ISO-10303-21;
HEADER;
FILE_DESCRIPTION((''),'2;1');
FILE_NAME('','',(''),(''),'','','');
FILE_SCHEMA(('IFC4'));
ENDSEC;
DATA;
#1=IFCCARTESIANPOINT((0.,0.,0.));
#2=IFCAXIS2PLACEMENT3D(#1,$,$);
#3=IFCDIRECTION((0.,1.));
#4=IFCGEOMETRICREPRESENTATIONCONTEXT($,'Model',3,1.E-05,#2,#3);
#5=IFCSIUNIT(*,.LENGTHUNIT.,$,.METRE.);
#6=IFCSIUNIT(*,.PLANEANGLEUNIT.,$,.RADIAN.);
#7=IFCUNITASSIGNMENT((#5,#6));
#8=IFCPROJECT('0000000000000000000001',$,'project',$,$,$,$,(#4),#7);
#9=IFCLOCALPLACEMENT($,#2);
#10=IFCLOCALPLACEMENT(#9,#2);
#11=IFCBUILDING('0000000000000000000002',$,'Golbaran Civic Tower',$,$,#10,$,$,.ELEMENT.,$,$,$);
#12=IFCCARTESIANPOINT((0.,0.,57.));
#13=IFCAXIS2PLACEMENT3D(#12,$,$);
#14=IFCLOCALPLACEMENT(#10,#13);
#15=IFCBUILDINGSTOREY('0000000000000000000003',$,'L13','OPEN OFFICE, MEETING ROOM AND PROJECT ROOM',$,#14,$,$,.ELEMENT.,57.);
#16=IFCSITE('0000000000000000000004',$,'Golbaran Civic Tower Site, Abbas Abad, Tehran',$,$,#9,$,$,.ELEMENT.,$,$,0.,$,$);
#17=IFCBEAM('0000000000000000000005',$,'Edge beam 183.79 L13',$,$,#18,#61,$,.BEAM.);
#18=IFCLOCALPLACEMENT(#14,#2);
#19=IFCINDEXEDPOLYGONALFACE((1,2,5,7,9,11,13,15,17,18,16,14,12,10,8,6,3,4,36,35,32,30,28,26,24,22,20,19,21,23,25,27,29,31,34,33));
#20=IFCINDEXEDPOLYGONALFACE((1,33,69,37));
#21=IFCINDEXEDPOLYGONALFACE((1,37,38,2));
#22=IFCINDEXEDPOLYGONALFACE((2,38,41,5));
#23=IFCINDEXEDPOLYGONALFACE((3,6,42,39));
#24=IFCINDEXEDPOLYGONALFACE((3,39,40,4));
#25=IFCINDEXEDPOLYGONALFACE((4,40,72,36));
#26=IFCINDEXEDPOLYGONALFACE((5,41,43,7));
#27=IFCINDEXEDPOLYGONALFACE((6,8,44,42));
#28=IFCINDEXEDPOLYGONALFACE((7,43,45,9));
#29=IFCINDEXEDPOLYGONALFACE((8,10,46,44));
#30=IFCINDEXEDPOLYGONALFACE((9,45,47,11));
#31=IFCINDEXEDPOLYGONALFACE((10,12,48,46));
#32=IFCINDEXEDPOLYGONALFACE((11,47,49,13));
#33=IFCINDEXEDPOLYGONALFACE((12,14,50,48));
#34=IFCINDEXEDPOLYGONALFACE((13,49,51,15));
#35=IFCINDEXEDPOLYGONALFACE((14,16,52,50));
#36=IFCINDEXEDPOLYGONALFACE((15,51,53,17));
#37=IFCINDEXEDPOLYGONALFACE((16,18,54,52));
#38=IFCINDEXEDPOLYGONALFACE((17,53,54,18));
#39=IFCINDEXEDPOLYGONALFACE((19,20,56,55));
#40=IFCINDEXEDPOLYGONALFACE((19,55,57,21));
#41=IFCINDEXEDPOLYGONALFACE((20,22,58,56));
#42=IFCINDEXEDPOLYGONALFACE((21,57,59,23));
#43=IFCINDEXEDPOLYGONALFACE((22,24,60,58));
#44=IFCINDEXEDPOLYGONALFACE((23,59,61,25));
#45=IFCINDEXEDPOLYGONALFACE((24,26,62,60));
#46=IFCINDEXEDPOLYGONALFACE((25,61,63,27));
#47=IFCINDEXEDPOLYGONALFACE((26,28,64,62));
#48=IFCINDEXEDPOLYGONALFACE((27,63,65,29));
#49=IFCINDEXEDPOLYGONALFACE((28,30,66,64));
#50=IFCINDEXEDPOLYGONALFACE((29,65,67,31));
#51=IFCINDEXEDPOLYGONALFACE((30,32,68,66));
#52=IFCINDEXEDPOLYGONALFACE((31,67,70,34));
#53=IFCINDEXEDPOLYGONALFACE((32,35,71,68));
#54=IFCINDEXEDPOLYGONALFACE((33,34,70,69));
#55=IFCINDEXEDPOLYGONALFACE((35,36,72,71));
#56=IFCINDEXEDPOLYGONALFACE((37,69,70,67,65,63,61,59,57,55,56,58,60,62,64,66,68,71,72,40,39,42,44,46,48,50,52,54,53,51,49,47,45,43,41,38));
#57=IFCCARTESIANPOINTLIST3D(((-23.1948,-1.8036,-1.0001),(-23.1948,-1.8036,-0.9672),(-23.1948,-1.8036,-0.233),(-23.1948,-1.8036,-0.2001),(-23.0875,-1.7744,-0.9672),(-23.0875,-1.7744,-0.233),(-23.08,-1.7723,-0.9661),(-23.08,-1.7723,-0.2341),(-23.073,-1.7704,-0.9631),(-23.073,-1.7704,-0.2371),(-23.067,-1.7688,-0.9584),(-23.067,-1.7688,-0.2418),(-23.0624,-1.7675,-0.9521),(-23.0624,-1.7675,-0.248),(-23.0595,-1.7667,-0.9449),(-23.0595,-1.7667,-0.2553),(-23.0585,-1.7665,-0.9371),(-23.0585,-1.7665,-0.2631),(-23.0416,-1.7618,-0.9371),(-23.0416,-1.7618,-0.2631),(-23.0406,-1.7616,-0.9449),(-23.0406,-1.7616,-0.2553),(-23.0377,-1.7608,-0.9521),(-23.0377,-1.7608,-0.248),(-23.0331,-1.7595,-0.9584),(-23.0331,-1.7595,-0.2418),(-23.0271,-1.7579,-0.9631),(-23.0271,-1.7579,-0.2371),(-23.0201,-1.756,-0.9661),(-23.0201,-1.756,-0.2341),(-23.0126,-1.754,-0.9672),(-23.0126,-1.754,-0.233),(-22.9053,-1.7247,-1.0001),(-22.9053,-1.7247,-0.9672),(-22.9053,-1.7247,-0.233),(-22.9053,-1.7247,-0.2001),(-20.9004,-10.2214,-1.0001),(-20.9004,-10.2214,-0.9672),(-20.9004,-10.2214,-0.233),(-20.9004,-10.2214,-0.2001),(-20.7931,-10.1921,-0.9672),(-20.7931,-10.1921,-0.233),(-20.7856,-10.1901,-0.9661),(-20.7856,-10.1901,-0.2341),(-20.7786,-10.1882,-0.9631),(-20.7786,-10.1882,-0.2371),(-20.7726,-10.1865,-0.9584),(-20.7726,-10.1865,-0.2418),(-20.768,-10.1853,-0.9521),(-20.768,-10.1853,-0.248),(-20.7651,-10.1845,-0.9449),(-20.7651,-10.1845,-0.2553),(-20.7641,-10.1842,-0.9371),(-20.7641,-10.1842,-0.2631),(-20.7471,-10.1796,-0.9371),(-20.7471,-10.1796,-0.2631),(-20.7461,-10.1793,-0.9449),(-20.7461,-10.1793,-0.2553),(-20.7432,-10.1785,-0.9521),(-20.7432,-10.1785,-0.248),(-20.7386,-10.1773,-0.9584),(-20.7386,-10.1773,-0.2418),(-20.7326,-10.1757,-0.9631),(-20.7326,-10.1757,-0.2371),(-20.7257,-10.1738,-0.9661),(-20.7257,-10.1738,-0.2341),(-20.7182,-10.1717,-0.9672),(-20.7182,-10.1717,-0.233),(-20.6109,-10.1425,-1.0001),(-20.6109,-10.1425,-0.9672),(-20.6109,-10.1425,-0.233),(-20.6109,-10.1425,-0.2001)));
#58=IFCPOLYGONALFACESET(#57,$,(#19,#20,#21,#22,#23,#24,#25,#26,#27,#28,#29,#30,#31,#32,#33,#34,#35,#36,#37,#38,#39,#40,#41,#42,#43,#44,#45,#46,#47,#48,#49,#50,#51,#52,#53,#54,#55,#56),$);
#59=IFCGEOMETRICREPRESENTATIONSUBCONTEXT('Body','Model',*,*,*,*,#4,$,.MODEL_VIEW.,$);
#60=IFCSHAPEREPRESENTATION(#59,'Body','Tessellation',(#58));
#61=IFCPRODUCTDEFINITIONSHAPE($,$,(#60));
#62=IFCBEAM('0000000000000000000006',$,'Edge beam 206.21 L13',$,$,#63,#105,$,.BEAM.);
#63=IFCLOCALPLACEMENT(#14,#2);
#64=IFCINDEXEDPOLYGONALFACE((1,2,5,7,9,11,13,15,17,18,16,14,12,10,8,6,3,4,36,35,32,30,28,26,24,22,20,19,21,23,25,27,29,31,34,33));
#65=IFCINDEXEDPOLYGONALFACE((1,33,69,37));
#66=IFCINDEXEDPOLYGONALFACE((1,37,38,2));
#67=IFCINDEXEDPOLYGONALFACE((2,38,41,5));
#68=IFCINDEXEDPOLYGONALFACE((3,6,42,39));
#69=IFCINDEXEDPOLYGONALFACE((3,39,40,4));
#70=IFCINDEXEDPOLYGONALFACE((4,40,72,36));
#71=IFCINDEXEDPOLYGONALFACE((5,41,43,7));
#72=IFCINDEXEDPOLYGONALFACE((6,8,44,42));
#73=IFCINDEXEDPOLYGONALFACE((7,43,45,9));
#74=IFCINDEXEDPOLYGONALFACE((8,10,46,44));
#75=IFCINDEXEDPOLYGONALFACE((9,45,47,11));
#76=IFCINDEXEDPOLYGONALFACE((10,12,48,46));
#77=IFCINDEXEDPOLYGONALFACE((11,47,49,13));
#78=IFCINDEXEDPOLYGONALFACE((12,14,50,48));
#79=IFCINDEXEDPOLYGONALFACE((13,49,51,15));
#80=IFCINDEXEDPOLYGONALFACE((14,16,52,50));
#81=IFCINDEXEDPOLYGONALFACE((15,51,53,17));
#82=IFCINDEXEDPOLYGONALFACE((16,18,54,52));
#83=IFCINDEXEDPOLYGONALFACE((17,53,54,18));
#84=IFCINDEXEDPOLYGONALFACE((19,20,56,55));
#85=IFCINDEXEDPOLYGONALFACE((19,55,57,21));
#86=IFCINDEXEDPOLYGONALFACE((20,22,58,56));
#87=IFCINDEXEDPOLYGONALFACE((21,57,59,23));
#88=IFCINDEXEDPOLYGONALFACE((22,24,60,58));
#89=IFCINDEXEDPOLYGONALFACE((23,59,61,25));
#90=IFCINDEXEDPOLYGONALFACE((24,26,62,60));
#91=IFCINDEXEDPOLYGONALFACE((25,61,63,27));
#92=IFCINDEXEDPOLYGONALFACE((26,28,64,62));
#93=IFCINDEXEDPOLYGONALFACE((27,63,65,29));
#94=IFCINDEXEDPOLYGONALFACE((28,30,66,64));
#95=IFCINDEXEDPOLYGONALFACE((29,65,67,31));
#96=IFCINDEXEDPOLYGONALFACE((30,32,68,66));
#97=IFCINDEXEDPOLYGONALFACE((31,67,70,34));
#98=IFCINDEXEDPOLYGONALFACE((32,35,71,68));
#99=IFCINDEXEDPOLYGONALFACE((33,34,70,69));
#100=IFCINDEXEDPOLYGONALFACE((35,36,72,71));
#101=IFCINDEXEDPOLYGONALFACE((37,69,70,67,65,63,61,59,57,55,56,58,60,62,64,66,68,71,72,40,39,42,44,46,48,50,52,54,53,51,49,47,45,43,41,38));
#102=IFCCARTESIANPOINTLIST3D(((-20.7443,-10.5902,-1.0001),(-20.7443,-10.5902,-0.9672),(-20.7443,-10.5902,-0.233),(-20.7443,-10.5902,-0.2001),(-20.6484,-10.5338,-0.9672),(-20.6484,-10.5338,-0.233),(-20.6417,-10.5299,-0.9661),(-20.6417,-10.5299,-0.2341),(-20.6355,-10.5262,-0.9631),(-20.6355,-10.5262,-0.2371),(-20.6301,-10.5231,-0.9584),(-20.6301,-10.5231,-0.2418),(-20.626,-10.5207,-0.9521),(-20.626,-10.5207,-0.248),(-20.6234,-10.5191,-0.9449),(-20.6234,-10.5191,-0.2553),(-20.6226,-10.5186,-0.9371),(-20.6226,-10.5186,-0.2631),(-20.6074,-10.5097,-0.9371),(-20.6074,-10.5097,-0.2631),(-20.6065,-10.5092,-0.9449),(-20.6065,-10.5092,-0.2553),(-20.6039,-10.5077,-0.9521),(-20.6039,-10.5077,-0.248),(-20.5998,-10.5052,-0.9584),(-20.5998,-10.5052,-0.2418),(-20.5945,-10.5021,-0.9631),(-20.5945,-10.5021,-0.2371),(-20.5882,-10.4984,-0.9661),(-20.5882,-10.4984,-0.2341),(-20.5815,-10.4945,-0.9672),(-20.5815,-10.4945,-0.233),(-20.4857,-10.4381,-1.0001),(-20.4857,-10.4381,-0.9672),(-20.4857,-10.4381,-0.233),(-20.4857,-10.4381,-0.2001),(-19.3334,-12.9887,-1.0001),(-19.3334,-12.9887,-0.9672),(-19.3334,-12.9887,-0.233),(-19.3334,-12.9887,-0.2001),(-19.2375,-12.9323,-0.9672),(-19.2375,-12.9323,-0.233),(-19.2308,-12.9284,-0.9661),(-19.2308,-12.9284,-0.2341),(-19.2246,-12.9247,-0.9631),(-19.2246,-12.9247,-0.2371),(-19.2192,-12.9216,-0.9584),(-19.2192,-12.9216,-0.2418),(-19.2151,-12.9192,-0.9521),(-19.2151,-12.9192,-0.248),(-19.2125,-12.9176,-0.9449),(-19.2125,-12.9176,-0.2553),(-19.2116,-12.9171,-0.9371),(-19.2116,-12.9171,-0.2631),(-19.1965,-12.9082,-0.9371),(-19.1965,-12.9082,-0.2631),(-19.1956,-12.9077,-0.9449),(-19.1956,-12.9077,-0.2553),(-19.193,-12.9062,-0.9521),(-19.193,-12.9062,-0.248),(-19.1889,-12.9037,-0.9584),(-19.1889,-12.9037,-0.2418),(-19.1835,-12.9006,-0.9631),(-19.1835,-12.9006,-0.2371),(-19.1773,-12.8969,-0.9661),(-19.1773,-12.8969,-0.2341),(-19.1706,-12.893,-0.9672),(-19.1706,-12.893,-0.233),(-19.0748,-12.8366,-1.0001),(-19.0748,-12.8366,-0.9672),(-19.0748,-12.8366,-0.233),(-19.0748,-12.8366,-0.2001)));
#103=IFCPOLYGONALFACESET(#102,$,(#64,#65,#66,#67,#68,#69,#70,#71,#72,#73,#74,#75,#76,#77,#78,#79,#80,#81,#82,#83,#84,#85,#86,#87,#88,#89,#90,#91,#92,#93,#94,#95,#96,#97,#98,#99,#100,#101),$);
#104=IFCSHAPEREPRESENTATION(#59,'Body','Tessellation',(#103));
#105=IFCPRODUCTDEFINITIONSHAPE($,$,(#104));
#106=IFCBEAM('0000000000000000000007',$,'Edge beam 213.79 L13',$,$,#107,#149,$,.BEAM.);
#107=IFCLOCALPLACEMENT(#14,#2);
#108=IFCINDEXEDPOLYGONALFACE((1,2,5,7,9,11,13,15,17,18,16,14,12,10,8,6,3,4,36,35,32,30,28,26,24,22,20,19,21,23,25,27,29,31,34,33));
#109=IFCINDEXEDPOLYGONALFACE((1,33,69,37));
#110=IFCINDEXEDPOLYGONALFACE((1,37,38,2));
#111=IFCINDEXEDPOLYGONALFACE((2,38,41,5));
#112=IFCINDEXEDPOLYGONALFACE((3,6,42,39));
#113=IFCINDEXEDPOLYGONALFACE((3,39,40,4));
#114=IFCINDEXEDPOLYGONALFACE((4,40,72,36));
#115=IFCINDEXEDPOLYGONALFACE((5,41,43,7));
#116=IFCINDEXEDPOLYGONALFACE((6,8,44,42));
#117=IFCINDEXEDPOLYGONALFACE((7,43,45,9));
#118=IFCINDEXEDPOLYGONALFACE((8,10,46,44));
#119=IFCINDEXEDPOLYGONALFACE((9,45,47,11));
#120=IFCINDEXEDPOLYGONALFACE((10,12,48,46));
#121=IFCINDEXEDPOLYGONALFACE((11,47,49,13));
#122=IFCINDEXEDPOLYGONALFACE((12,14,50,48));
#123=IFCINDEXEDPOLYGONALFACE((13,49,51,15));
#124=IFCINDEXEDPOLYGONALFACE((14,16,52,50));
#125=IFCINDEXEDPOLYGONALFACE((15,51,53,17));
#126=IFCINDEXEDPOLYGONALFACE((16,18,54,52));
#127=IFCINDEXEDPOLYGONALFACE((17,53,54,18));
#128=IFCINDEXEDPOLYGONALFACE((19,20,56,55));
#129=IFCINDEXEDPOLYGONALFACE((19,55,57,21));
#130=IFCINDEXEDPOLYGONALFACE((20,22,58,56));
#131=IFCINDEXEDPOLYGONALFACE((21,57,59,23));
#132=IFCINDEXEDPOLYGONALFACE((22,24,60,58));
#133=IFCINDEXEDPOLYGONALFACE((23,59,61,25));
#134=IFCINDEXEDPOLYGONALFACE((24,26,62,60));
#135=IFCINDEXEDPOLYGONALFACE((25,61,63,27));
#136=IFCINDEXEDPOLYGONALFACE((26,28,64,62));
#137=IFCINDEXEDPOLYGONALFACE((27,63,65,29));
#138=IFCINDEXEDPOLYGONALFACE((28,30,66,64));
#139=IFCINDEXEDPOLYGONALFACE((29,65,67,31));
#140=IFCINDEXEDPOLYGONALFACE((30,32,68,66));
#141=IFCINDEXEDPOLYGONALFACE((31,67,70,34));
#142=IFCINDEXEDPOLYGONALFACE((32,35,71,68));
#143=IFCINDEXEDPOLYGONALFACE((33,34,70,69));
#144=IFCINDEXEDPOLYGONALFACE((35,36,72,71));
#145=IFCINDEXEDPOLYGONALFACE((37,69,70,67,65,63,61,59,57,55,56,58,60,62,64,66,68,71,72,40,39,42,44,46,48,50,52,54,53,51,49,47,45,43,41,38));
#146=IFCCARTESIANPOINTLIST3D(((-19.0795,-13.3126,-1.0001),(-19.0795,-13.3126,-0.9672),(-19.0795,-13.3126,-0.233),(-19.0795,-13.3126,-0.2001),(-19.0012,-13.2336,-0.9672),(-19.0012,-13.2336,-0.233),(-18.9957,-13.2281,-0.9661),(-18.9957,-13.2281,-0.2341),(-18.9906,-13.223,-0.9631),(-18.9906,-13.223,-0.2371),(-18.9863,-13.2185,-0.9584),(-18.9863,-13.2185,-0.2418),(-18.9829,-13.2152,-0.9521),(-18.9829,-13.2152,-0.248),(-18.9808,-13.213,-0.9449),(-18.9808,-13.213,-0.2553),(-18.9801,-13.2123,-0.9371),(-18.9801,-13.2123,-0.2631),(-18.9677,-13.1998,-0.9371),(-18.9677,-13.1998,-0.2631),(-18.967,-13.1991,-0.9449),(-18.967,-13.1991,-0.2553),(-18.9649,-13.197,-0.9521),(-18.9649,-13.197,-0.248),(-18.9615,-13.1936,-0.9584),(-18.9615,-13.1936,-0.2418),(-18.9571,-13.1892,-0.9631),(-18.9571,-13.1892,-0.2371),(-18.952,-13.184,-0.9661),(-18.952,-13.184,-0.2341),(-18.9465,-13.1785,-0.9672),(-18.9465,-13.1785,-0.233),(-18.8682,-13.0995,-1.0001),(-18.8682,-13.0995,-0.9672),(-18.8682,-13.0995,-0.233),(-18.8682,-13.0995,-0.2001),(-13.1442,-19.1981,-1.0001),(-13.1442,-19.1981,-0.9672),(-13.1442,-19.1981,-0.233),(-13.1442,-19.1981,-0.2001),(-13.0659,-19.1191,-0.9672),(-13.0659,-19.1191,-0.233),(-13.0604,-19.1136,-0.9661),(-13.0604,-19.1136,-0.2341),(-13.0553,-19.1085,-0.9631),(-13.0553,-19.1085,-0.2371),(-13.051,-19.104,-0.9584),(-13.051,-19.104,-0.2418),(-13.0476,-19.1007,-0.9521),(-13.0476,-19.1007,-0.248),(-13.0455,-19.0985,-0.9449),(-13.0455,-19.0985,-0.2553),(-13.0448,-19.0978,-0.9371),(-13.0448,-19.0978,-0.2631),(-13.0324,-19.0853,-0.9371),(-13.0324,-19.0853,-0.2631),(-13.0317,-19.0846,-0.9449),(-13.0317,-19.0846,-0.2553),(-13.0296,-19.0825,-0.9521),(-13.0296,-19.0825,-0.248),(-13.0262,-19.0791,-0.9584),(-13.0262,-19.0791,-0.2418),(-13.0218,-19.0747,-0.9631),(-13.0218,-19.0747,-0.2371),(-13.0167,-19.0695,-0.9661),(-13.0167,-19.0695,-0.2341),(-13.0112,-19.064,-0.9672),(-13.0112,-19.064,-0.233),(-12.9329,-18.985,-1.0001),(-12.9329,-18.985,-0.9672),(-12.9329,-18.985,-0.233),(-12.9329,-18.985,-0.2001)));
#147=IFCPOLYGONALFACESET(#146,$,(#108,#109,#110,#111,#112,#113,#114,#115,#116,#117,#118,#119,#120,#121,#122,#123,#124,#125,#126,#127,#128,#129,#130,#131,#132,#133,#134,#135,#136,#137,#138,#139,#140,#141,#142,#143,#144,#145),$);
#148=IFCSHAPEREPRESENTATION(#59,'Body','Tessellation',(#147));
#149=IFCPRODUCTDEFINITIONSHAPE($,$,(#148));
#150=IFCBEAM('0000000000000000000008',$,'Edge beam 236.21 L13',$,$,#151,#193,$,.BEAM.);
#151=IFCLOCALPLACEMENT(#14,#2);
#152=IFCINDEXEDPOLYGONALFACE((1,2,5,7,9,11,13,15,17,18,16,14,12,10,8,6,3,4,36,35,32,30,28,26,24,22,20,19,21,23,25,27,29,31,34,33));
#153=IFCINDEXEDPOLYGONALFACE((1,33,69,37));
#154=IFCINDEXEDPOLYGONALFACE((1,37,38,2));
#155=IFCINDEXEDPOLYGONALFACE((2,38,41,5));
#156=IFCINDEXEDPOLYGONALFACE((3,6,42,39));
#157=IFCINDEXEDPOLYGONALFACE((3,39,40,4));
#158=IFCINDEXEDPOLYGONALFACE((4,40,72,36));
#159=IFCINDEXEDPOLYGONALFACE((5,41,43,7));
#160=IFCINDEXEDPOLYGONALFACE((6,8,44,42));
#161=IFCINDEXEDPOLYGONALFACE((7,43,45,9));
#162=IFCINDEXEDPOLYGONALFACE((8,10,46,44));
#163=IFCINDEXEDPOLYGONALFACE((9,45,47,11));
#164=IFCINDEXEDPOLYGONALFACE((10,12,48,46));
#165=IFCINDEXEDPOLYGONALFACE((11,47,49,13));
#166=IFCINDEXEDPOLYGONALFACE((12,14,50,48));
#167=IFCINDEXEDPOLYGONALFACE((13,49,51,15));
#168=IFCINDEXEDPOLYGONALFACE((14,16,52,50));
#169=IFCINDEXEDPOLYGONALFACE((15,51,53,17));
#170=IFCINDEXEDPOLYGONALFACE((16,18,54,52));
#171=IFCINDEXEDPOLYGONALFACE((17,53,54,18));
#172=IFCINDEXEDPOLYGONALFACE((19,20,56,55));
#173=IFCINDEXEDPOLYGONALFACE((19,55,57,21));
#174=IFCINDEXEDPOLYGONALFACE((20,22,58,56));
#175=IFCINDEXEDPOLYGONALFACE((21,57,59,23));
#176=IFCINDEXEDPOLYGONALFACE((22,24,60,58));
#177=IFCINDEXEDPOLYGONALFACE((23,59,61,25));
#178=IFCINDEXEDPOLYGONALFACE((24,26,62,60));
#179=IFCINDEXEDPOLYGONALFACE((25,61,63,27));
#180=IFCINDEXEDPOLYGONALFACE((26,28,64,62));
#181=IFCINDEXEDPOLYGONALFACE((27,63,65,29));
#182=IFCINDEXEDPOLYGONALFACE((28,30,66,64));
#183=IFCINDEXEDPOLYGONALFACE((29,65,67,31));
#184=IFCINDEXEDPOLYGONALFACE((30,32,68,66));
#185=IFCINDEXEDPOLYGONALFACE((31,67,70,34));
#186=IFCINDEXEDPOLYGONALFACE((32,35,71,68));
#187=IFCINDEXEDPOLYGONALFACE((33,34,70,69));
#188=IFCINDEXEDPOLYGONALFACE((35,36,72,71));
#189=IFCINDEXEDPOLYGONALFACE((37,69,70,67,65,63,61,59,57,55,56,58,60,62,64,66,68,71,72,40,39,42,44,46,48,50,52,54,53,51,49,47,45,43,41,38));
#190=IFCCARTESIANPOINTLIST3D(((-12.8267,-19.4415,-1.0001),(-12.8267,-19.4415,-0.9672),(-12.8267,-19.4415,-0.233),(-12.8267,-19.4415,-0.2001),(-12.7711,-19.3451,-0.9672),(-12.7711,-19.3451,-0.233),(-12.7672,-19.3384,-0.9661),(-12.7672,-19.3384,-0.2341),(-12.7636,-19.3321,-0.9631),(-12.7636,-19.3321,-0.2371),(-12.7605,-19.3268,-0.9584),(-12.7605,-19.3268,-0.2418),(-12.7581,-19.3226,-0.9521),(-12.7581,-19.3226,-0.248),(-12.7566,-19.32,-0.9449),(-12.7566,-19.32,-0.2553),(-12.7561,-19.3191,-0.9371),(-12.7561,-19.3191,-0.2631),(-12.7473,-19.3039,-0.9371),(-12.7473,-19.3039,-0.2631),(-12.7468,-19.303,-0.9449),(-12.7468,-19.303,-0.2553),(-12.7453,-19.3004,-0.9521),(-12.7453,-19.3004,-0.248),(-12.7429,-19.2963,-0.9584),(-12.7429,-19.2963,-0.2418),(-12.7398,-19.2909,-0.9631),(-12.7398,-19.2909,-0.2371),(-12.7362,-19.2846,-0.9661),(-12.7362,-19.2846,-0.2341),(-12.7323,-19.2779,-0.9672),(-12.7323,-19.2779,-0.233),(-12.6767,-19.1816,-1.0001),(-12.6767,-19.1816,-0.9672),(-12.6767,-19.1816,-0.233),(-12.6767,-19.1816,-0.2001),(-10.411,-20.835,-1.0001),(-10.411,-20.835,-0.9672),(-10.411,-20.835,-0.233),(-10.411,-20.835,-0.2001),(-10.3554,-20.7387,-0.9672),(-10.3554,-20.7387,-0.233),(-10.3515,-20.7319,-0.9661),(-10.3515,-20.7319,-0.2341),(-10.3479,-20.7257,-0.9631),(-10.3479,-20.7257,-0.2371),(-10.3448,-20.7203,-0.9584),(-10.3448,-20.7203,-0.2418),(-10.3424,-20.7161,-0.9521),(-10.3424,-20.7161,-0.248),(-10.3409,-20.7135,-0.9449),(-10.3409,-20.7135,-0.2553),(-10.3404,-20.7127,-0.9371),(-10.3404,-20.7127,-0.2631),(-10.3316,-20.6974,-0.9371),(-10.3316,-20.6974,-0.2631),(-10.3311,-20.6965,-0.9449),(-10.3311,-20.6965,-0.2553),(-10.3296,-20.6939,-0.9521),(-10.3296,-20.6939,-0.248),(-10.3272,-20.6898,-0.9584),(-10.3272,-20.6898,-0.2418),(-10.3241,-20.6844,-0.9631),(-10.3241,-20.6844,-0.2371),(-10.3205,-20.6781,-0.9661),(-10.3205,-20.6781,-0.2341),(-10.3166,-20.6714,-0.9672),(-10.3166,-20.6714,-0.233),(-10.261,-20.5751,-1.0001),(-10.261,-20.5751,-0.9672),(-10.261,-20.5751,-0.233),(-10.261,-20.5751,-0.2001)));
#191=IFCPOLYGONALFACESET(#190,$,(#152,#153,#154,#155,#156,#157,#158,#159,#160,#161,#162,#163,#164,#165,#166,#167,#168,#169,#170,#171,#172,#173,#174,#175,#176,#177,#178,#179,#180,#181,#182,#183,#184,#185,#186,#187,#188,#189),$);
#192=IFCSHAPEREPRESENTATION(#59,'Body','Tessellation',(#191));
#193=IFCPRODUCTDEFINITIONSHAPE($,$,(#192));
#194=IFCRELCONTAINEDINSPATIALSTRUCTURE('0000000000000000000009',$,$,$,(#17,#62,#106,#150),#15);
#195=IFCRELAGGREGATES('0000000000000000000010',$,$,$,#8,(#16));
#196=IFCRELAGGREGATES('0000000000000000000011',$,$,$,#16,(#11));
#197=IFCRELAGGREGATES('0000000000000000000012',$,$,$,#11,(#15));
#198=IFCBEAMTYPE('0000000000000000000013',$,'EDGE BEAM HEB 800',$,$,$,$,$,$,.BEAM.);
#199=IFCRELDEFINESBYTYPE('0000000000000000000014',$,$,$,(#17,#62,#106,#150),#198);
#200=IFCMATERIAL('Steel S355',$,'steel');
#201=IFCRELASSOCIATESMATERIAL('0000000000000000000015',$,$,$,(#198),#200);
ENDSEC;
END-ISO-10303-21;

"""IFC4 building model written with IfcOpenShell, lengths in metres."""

from ifc_helpers import new_model, si_unit, direction, frame, origin, origin_2d, place, context, subcontext, project, spatial, i_section, extrude, material, material_profile, profile_set, type_object, element, save


model = new_model("IFC4")

# Units and contexts
model_context = context("Model", 3, precision=1e-05, world=origin(), true_north=direction((0.0, 1.0)))
body_context = subcontext(model_context, "Body", "Model", "MODEL_VIEW")
ifc_project = project(units=[si_unit("LENGTHUNIT", "METRE"), si_unit("PLANEANGLEUNIT", "RADIAN")], contexts=[model_context])

# Site, building, storey
site_placement = place(None, origin())
site = spatial("IfcSite", under=ifc_project, at=site_placement, Name="Golbaran Civic Tower Site, Abbas Abad, Tehran", CompositionType="ELEMENT", RefElevation=0.0)
building_placement = place(site_placement, origin())
building = spatial("IfcBuilding", under=site, at=building_placement, Name="Golbaran Civic Tower", CompositionType="ELEMENT")
storey_placement = place(building_placement, frame((0.0, 0.0, 57.0)))
storey = spatial("IfcBuildingStorey", under=building, at=storey_placement, Name="L13", Description="OPEN OFFICE, MEETING ROOM AND PROJECT ROOM", CompositionType="ELEMENT", Elevation=57.0)

# Beams
ifc_material_1 = material(Name="Steel S355", Category="steel")
ifc_material_profile_1 = material_profile(ifc_material_1, i_section(OverallWidth=0.3, OverallDepth=0.8, WebThickness=0.0176, FlangeThickness=0.033, FilletRadius=0.03, at=origin_2d()), Name="HEB 800")
ifc_profile_set_1 = profile_set([ifc_material_profile_1], Name="Steel S355")
beam_type_1 = type_object("IfcBeamType", Name="EDGE BEAM HEB 800", PredefinedType="BEAM", material=ifc_profile_set_1)
beam_1_placement = place(storey_placement, frame((-23.05, -1.7642, -0.6001), z_axis=(0.262978, -0.964802, 0.0), x_axis=(0.964802, 0.262978, 0.0)))
element("IfcBeam", 1, at=beam_1_placement, inside=storey, type_object=beam_type_1, Name="Edge beam 183.79 L13", PredefinedType="BEAM", context=body_context, shape_type="SweptSolid", body=[
    extrude(i_section(OverallWidth=0.3, OverallDepth=0.8, WebThickness=0.0176, FlangeThickness=0.033, FilletRadius=0.03, at=origin_2d()), origin(), (0.0, 0.0, 1.0), 8.7249),
])
beam_2_placement = place(storey_placement, frame((-20.615, -10.5142, -0.6001), z_axis=(0.507032, -0.861927, 0.0), x_axis=(0.861927, 0.507032, 0.0)))
element("IfcBeam", 2, at=beam_2_placement, inside=storey, type_object=beam_type_1, Name="Edge beam 206.21 L13", PredefinedType="BEAM", context=body_context, shape_type="SweptSolid", body=[
    extrude(i_section(OverallWidth=0.3, OverallDepth=0.8, WebThickness=0.0176, FlangeThickness=0.033, FilletRadius=0.03, at=origin_2d()), origin(), (0.0, 0.0, 1.0), 2.7827),
])
beam_3_placement = place(storey_placement, frame((-18.9739, -13.2061, -0.6001), z_axis=(0.71008, -0.704121, 0.0), x_axis=(0.704121, 0.71008, 0.0)))
element("IfcBeam", 3, at=beam_3_placement, inside=storey, type_object=beam_type_1, Name="Edge beam 213.79 L13", PredefinedType="BEAM", context=body_context, shape_type="SweptSolid", body=[
    extrude(i_section(OverallWidth=0.3, OverallDepth=0.8, WebThickness=0.0176, FlangeThickness=0.033, FilletRadius=0.03, at=origin_2d()), origin(), (0.0, 0.0, 1.0), 8.3586),
])
beam_4_placement = place(storey_placement, frame((-12.7517, -19.3115, -0.6001), z_axis=(0.86621, -0.49968, 0.0), x_axis=(0.49968, 0.86621, 0.0)))
element("IfcBeam", 4, at=beam_4_placement, inside=storey, type_object=beam_type_1, Name="Edge beam 236.21 L13", PredefinedType="BEAM", context=body_context, shape_type="SweptSolid", body=[
    extrude(i_section(OverallWidth=0.3, OverallDepth=0.8, WebThickness=0.0176, FlangeThickness=0.033, FilletRadius=0.03, at=origin_2d()), origin(), (0.0, 0.0, 1.0), 2.7888),
])

save(model, "model.ifc")
